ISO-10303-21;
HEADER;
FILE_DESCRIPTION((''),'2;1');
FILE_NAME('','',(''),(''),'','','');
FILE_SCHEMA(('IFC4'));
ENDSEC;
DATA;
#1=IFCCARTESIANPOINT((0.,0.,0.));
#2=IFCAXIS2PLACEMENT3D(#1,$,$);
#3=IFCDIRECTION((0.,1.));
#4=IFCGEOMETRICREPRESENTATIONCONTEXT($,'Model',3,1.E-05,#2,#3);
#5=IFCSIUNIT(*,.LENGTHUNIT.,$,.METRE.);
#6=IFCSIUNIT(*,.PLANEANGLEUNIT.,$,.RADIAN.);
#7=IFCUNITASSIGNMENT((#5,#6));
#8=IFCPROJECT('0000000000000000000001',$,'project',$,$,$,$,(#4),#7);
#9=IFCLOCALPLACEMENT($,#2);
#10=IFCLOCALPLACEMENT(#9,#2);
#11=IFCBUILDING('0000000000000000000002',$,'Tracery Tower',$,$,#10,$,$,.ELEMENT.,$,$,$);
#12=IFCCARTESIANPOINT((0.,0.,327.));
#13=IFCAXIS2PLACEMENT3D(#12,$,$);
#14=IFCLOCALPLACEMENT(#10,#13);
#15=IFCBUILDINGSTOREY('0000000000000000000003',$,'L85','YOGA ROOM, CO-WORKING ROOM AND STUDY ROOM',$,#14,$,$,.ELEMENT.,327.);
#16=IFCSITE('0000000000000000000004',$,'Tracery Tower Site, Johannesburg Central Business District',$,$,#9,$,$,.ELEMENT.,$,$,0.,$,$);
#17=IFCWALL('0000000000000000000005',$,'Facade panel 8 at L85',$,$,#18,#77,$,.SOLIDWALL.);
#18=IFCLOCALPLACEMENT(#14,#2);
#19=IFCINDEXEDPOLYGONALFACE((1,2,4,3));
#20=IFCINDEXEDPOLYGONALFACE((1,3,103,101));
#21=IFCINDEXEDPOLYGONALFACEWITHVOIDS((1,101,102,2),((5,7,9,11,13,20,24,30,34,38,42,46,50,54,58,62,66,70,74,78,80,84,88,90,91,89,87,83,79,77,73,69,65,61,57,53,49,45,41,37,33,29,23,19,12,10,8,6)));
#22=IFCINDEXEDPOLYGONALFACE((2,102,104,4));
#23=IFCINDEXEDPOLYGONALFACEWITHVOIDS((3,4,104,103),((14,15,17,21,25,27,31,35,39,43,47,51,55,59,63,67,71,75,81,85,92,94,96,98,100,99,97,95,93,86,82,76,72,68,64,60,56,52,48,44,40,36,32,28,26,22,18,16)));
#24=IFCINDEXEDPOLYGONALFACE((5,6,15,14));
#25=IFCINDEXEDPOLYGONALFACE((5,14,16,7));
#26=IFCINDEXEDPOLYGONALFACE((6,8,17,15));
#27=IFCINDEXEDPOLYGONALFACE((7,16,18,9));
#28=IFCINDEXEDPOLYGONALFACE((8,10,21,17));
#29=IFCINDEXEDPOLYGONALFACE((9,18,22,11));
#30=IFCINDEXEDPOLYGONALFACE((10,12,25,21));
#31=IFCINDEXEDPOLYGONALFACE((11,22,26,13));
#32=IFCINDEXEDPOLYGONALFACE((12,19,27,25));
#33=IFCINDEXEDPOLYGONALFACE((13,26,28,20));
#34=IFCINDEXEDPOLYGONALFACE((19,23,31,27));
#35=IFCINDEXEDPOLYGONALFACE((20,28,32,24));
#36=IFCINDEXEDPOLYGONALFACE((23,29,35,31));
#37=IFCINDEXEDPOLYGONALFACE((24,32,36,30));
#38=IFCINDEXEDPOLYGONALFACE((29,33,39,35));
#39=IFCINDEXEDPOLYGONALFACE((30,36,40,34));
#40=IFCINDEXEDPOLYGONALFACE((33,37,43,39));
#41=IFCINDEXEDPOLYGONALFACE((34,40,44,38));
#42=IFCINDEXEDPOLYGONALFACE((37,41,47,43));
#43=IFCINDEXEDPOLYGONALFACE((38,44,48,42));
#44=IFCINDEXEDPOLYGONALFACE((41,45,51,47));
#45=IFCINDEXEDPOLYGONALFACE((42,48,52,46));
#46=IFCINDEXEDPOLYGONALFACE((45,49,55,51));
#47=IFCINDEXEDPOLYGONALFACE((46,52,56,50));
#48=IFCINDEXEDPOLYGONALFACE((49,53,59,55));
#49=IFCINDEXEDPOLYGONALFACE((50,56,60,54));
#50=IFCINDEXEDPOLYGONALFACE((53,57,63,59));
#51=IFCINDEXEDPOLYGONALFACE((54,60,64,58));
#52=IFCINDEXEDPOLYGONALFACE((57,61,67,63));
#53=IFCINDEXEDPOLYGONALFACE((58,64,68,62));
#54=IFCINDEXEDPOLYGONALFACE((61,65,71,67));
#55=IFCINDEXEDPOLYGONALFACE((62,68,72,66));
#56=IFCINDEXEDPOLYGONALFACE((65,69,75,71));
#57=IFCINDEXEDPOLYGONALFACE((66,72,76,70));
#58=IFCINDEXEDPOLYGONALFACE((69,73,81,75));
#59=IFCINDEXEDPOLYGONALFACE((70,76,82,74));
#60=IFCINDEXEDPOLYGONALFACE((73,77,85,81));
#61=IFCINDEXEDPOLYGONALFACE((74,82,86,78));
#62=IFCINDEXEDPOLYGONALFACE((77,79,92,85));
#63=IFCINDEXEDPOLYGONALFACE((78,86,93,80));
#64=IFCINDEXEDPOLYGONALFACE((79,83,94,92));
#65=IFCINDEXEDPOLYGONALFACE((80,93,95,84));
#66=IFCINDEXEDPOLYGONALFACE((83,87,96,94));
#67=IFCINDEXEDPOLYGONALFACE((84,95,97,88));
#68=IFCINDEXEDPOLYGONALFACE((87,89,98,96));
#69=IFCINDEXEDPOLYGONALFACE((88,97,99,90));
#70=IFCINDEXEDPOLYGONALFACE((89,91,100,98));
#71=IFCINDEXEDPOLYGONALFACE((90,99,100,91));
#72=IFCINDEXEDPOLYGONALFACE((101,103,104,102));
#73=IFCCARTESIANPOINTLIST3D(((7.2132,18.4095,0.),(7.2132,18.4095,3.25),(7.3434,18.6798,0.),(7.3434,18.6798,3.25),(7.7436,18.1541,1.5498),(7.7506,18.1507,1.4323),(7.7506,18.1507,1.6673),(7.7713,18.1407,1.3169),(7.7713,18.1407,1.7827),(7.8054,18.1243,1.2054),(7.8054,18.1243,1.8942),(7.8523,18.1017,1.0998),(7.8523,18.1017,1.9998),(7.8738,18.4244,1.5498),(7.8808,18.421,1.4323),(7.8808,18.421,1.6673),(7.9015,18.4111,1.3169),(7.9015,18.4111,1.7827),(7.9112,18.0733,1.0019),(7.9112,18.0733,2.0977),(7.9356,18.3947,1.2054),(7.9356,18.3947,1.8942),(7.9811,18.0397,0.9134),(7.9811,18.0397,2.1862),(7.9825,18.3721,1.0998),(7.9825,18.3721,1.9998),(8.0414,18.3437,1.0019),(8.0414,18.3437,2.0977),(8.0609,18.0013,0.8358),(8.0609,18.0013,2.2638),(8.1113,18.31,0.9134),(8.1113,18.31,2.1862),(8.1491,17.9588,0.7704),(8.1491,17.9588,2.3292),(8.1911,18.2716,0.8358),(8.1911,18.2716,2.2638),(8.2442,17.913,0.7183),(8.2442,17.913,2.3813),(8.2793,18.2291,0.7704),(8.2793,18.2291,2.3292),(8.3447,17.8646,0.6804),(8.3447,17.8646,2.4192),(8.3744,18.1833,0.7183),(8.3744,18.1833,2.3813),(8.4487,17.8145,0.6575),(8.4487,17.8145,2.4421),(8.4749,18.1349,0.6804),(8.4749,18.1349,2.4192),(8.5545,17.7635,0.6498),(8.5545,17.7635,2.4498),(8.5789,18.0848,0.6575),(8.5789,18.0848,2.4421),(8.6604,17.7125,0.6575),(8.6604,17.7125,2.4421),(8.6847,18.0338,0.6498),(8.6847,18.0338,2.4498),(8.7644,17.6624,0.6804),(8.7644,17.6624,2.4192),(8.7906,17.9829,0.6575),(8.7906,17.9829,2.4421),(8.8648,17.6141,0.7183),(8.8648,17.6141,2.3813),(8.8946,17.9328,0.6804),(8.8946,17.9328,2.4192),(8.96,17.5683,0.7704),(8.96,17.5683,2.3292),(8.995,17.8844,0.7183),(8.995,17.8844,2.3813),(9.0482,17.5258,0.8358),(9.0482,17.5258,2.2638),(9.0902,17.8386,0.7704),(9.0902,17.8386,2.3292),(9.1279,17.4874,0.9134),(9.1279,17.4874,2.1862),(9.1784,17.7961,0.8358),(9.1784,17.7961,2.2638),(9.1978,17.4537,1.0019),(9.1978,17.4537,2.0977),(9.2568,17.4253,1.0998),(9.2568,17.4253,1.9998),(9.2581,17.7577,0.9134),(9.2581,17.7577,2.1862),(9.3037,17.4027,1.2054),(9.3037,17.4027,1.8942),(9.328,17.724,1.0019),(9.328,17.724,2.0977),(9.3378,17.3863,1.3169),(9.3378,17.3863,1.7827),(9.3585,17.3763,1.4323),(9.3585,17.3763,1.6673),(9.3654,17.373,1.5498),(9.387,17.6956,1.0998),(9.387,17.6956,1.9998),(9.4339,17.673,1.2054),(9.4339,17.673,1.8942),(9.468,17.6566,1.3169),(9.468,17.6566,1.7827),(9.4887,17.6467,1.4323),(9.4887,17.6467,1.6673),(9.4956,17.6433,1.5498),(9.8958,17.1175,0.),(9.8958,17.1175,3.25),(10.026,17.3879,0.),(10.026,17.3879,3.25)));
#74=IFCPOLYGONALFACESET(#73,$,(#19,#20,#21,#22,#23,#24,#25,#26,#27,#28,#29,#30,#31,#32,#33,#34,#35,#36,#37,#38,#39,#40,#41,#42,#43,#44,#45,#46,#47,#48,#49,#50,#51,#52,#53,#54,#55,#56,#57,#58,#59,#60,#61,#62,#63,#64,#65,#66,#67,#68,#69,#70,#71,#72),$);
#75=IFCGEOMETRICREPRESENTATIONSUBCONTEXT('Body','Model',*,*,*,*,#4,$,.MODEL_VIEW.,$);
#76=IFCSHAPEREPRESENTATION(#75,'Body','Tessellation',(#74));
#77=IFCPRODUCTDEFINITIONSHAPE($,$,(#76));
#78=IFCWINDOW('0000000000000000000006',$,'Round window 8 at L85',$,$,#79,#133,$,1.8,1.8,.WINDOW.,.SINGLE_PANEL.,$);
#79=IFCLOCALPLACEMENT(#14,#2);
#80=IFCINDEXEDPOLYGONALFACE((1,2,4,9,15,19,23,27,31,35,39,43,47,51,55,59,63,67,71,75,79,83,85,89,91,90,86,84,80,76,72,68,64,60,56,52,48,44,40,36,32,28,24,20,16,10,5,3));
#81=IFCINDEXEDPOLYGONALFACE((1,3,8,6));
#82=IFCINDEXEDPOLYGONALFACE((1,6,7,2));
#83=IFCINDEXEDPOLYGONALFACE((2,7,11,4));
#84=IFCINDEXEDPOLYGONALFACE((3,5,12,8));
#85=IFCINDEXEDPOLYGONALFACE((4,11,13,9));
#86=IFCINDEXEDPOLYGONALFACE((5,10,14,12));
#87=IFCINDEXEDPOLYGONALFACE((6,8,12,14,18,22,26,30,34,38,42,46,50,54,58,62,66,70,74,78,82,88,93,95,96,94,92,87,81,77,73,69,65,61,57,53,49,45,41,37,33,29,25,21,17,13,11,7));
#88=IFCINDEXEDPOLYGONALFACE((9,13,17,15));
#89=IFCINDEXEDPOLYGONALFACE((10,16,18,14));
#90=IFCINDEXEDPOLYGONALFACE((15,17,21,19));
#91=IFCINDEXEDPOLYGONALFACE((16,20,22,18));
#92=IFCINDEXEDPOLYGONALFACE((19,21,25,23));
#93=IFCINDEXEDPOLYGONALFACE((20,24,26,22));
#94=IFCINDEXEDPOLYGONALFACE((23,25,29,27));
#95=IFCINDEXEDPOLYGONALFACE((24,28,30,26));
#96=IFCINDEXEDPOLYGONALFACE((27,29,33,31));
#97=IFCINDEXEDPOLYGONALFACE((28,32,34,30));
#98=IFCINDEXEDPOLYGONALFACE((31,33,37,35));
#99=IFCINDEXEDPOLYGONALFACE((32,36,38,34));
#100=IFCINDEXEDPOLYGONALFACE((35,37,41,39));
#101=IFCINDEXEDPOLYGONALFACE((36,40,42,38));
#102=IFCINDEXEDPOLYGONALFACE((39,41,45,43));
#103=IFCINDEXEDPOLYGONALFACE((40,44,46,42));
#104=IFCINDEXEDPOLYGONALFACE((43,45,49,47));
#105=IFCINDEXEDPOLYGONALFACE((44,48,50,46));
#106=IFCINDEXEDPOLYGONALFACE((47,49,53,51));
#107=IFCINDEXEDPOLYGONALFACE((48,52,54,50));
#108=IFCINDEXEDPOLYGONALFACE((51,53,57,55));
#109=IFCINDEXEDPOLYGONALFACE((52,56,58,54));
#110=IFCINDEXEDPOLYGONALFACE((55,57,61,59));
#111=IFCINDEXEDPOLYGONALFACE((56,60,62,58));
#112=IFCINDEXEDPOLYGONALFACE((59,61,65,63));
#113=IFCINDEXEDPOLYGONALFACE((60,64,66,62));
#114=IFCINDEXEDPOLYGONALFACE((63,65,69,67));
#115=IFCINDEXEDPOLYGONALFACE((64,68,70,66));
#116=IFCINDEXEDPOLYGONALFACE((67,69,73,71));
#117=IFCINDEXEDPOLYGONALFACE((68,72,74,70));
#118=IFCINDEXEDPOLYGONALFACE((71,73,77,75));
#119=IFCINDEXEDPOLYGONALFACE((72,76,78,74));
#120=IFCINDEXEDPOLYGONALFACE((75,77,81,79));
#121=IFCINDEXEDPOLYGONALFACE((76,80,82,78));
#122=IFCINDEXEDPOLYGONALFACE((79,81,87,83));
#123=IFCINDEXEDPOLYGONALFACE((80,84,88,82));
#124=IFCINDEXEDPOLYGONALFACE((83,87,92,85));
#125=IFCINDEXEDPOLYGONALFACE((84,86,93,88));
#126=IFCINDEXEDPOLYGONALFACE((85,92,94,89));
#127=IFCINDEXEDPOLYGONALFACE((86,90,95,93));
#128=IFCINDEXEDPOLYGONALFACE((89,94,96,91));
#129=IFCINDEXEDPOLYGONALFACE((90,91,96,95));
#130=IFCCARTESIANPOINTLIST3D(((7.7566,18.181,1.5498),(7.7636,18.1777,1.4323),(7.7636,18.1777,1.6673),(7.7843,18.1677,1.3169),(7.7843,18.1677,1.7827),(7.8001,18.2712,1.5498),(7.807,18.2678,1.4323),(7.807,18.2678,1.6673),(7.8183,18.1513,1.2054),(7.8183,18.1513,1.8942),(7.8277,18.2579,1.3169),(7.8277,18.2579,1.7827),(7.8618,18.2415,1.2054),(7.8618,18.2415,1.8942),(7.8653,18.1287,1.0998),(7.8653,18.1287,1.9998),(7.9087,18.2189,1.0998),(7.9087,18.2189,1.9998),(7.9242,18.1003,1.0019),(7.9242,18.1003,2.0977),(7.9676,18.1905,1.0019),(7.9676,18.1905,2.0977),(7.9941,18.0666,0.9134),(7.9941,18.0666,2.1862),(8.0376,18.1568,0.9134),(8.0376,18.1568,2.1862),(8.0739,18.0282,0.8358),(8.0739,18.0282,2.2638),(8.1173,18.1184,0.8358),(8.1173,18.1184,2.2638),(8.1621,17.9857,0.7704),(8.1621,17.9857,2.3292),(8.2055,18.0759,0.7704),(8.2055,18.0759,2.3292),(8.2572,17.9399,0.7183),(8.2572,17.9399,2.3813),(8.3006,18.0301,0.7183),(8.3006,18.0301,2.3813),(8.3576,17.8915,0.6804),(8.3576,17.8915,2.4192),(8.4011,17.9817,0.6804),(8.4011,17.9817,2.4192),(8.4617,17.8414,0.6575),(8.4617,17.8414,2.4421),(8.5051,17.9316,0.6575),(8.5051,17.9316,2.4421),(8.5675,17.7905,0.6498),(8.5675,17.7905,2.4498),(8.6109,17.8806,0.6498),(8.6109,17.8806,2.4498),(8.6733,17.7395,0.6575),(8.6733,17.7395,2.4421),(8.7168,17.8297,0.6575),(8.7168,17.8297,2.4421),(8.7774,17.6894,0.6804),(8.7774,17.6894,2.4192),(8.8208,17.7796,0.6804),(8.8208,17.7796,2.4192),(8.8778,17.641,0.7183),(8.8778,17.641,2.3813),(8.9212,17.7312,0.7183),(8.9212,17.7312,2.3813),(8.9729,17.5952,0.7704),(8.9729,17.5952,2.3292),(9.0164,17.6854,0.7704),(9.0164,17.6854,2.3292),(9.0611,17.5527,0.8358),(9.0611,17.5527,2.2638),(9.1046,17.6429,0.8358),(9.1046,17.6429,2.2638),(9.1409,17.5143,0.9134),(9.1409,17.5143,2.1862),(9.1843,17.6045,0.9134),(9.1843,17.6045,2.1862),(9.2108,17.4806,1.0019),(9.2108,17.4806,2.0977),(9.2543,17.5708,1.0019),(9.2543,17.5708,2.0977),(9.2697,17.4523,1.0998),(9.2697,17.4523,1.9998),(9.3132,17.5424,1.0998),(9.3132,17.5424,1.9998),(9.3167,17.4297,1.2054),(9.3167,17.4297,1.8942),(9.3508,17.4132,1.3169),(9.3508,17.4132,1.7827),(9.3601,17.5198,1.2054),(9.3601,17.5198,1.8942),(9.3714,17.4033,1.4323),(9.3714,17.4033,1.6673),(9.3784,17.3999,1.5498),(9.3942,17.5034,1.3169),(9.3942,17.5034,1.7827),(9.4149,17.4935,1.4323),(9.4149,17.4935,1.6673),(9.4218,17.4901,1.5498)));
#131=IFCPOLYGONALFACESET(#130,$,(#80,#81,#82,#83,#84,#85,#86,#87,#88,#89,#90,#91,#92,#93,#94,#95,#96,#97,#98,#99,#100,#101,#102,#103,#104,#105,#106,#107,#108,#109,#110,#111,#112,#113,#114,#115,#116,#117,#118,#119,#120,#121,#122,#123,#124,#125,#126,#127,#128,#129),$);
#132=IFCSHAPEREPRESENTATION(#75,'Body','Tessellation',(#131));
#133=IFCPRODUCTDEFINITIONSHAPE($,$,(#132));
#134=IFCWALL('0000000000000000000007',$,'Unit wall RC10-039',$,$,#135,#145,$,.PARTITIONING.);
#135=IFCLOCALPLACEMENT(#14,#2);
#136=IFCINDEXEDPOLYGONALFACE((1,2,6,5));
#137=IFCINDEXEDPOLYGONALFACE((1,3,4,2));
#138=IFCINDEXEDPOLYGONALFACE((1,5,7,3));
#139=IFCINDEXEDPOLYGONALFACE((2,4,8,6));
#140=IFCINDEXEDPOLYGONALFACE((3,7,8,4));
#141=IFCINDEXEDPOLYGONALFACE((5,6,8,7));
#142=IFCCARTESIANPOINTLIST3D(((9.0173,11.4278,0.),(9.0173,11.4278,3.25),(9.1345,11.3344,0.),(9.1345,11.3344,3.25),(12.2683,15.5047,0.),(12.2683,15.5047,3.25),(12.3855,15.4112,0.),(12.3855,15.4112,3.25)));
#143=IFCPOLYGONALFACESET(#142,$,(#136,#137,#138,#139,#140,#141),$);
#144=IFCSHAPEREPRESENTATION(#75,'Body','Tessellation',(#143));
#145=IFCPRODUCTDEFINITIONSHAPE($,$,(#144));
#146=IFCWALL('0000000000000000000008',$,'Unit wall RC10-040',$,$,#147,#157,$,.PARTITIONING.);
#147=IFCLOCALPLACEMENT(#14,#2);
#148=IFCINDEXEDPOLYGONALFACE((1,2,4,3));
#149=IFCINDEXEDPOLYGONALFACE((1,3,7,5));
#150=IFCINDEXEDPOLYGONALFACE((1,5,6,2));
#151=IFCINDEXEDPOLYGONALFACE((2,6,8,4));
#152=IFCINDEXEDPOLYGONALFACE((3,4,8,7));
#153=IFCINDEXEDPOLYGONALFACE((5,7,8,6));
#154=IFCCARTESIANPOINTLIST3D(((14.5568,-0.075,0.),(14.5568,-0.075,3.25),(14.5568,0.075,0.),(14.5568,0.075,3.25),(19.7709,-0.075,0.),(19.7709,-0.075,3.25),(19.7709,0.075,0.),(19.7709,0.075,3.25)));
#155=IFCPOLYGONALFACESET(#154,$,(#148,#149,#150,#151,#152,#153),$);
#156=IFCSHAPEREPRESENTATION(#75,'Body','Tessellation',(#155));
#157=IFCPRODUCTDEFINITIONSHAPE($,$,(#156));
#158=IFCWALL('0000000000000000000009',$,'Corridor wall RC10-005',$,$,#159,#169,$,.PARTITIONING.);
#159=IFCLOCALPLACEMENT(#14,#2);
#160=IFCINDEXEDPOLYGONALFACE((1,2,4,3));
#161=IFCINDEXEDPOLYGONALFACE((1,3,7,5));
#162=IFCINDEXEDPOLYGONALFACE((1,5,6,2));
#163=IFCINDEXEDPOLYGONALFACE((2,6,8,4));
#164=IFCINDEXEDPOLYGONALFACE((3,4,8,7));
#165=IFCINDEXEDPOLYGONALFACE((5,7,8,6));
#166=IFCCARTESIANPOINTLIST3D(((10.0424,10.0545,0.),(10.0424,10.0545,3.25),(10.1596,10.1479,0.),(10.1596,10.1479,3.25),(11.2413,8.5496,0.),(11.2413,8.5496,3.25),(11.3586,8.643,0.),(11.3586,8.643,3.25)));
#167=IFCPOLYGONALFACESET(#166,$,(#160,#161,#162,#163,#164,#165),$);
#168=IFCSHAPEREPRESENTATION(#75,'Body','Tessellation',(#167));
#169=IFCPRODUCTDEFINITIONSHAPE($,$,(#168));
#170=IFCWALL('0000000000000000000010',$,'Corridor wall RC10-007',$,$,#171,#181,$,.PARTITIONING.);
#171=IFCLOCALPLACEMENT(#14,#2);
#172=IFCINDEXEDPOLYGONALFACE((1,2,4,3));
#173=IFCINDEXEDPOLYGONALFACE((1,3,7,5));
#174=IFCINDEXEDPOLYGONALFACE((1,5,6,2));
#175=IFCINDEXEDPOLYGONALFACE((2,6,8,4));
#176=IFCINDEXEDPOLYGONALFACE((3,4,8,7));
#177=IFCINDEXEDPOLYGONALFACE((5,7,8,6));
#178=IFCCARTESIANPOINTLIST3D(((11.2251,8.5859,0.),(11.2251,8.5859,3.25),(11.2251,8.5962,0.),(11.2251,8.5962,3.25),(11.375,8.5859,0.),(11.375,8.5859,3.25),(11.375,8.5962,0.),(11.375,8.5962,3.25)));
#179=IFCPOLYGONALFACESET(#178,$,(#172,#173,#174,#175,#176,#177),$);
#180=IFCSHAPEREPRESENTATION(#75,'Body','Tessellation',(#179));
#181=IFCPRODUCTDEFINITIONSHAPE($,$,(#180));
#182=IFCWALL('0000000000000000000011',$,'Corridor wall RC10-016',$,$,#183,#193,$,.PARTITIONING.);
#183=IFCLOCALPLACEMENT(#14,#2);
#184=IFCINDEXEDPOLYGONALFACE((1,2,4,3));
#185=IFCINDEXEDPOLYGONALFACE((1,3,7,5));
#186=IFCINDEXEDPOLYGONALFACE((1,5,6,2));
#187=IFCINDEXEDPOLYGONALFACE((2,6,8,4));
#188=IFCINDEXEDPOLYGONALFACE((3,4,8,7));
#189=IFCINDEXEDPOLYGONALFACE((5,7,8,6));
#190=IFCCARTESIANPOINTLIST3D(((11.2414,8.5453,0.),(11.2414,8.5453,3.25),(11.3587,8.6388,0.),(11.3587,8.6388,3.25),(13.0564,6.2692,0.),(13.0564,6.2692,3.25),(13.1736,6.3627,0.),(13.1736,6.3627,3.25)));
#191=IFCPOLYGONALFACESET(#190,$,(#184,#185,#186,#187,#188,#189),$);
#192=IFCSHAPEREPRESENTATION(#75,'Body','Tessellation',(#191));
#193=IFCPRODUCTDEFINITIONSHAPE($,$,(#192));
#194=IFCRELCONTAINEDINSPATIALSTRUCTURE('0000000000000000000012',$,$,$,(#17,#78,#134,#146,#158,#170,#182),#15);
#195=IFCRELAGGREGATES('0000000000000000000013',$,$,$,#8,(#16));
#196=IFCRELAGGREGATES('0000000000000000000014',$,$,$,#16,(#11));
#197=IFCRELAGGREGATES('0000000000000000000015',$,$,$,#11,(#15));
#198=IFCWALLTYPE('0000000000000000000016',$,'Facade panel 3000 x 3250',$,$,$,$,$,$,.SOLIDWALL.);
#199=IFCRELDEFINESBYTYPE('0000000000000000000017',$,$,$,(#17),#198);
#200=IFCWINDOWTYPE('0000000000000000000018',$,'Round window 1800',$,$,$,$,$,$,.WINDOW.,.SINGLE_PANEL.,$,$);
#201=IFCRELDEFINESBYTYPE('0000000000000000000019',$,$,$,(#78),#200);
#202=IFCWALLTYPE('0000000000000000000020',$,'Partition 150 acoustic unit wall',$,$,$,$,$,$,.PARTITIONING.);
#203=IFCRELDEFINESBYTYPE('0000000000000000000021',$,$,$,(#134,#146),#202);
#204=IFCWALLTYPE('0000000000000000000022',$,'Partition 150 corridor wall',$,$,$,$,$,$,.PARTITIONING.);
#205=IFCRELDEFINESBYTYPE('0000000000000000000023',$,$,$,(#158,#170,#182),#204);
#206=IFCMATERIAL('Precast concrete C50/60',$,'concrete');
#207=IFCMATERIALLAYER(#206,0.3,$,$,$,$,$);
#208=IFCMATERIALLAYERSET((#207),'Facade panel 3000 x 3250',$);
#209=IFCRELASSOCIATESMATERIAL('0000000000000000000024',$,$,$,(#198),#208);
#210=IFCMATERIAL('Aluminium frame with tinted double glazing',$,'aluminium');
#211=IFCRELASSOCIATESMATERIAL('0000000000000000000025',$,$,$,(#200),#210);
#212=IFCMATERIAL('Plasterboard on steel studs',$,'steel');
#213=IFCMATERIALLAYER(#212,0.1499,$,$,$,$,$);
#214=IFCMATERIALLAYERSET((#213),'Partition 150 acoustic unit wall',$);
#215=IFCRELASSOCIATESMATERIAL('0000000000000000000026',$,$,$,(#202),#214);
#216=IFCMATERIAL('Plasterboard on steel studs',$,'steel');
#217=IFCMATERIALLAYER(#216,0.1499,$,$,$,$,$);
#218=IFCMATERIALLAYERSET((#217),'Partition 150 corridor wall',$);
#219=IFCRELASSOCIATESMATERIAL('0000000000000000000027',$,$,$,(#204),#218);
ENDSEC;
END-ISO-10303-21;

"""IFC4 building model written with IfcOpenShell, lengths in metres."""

from ifc_helpers import new_model, si_unit, direction, frame, frame_2d, origin, origin_2d, place, context, subcontext, project, spatial, rectangle, circle, extrude, material, layer, layer_set, type_object, element, fill, save


model = new_model("IFC4")

# Units and contexts
model_context = context("Model", 3, precision=1e-05, world=origin(), true_north=direction((0.0, 1.0)))
body_context = subcontext(model_context, "Body", "Model", "MODEL_VIEW")
ifc_project = project(units=[si_unit("LENGTHUNIT", "METRE"), si_unit("PLANEANGLEUNIT", "RADIAN")], contexts=[model_context])

# Site, building, storey
site_placement = place(None, origin())
site = spatial("IfcSite", under=ifc_project, at=site_placement, Name="Tracery Tower Site, Johannesburg Central Business District", CompositionType="ELEMENT", RefElevation=0.0)
building_placement = place(site_placement, origin())
building = spatial("IfcBuilding", under=site, at=building_placement, Name="Tracery Tower", CompositionType="ELEMENT")
storey_placement = place(building_placement, frame((0.0, 0.0, 327.0)))
storey = spatial("IfcBuildingStorey", under=building, at=storey_placement, Name="L85", Description="YOGA ROOM, CO-WORKING ROOM AND STUDY ROOM", CompositionType="ELEMENT", Elevation=327.0)

# Wall, opening, window
ifc_material_1 = material(Name="Precast concrete C50/60", Category="concrete")
ifc_layer_1 = layer(ifc_material_1, 0.3)
ifc_layer_set_1 = layer_set([ifc_layer_1], Name="Facade panel 3000 x 3250")
wall_type_1 = type_object("IfcWallType", Name="Facade panel 3000 x 3250", PredefinedType="SOLIDWALL", material=ifc_layer_set_1)
ifc_material_2 = material(Name="Aluminium frame with tinted double glazing", Category="aluminium")
window_type = type_object("IfcWindowType", Name="Round window 1800", PartitioningType="SINGLE_PANEL", PredefinedType="WINDOW", material=ifc_material_2)
wall_1_placement = place(storey_placement, frame((9.9609, 17.2527, 0.0), z_axis=(0.0, 0.0, 1.0), x_axis=(-0.900954, 0.433914, 0.0)))
wall_1 = element("IfcWall", 1, at=wall_1_placement, inside=storey, type_object=wall_type_1, Name="Facade panel 8 at L85", PredefinedType="SOLIDWALL", context=body_context, shape_type="SweptSolid", body=[
    extrude(rectangle(XDim=2.9775, YDim=0.3, at=frame_2d((1.4888, 0.0))), origin(), (0.0, 0.0, 1.0), 3.25),
])
opening_1_placement = place(wall_1_placement, frame((1.4888, 0.0, 1.5498)))
opening_1 = element("IfcOpeningElement", 2, at=opening_1_placement, cuts=wall_1, PredefinedType="OPENING", context=body_context, shape_type="SweptSolid", body=[
    extrude(circle(Radius=0.9, at=origin_2d()), frame((0.0, 0.1599, 0.0), z_axis=(0.0, -1.0, 0.0), x_axis=(1.0, 0.0, 0.0)), (0.0, 0.0, 1.0), 0.3201),
])
window_1_placement = place(opening_1_placement, origin())
window_1 = element("IfcWindow", 3, at=window_1_placement, inside=storey, type_object=window_type, Name="Round window 8 at L85", OverallHeight=1.8, OverallWidth=1.8, PartitioningType="SINGLE_PANEL", PredefinedType="WINDOW", context=body_context, shape_type="SweptSolid", body=[
    extrude(circle(Radius=0.9, at=origin_2d()), frame((0.0, 0.1201, 0.0), z_axis=(0.0, -1.0, 0.0), x_axis=(1.0, 0.0, 0.0)), (0.0, 0.0, 1.0), 0.1001),
])
fill(opening_1, window_1)

# Walls
ifc_material_3 = material(Name="Plasterboard on steel studs", Category="steel")
ifc_layer_2 = layer(ifc_material_3, 0.1499)
ifc_layer_set_2 = layer_set([ifc_layer_2], Name="Partition 150 acoustic unit wall")
wall_type_2 = type_object("IfcWallType", Name="Partition 150 acoustic unit wall", PredefinedType="PARTITIONING", material=ifc_layer_set_2)
wall_2_placement = place(storey_placement, frame((9.0759, 11.3811, 0.0), z_axis=(0.0, 0.0, 1.0), x_axis=(0.623461, 0.781854, 0.0)))
element("IfcWall", 4, at=wall_2_placement, inside=storey, type_object=wall_type_2, Name="Unit wall RC10-039", PredefinedType="PARTITIONING", context=body_context, shape_type="SweptSolid", body=[
    extrude(rectangle(XDim=5.2144, YDim=0.1499, at=frame_2d((2.6072, 0.0))), origin(), (0.0, 0.0, 1.0), 3.25),
])
wall_3_placement = place(storey_placement, frame((14.5569, 0.0, 0.0), z_axis=(0.0, 0.0, 1.0), x_axis=(1.0, 0.0, 0.0)))
element("IfcWall", 5, at=wall_3_placement, inside=storey, type_object=wall_type_2, Name="Unit wall RC10-040", PredefinedType="PARTITIONING", context=body_context, shape_type="SweptSolid", body=[
    extrude(rectangle(XDim=5.2141, YDim=0.1499, at=frame_2d((2.6069, 0.0))), origin(), (0.0, 0.0, 1.0), 3.25),
])
ifc_material_4 = material(Name="Plasterboard on steel studs", Category="steel")
ifc_layer_3 = layer(ifc_material_4, 0.1499)
ifc_layer_set_3 = layer_set([ifc_layer_3], Name="Partition 150 corridor wall")
wall_type_3 = type_object("IfcWallType", Name="Partition 150 corridor wall", PredefinedType="PARTITIONING", material=ifc_layer_set_3)
wall_4_placement = place(storey_placement, frame((10.1011, 10.1011, 0.0), z_axis=(0.0, 0.0, 1.0), x_axis=(0.623131, -0.782118, 0.0)))
element("IfcWall", 6, at=wall_4_placement, inside=storey, type_object=wall_type_3, Name="Corridor wall RC10-005", PredefinedType="PARTITIONING", context=body_context, shape_type="SweptSolid", body=[
    extrude(rectangle(XDim=1.9241, YDim=0.1499, at=frame_2d((0.9619, 0.0))), origin(), (0.0, 0.0, 1.0), 3.25),
])
wall_5_placement = place(storey_placement, frame((11.3, 8.5859, 0.0), z_axis=(0.0, 0.0, 1.0), x_axis=(0.0, 1.0, 0.0)))
element("IfcWall", 7, at=wall_5_placement, inside=storey, type_object=wall_type_3, Name="Corridor wall RC10-007", PredefinedType="PARTITIONING", context=body_context, shape_type="SweptSolid", body=[
    extrude(rectangle(XDim=0.0103, YDim=0.1499, at=frame_2d((0.0051, 0.0))), origin(), (0.0, 0.0, 1.0), 3.25),
])
wall_6_placement = place(storey_placement, frame((11.3, 8.592, 0.0), z_axis=(0.0, 0.0, 1.0), x_axis=(0.623447, -0.781866, 0.0)))
element("IfcWall", 8, at=wall_6_placement, inside=storey, type_object=wall_type_3, Name="Corridor wall RC10-016", PredefinedType="PARTITIONING", context=body_context, shape_type="SweptSolid", body=[
    extrude(rectangle(XDim=2.9111, YDim=0.1499, at=frame_2d((1.4556, 0.0))), origin(), (0.0, 0.0, 1.0), 3.25),
])

save(model, "model.ifc")
